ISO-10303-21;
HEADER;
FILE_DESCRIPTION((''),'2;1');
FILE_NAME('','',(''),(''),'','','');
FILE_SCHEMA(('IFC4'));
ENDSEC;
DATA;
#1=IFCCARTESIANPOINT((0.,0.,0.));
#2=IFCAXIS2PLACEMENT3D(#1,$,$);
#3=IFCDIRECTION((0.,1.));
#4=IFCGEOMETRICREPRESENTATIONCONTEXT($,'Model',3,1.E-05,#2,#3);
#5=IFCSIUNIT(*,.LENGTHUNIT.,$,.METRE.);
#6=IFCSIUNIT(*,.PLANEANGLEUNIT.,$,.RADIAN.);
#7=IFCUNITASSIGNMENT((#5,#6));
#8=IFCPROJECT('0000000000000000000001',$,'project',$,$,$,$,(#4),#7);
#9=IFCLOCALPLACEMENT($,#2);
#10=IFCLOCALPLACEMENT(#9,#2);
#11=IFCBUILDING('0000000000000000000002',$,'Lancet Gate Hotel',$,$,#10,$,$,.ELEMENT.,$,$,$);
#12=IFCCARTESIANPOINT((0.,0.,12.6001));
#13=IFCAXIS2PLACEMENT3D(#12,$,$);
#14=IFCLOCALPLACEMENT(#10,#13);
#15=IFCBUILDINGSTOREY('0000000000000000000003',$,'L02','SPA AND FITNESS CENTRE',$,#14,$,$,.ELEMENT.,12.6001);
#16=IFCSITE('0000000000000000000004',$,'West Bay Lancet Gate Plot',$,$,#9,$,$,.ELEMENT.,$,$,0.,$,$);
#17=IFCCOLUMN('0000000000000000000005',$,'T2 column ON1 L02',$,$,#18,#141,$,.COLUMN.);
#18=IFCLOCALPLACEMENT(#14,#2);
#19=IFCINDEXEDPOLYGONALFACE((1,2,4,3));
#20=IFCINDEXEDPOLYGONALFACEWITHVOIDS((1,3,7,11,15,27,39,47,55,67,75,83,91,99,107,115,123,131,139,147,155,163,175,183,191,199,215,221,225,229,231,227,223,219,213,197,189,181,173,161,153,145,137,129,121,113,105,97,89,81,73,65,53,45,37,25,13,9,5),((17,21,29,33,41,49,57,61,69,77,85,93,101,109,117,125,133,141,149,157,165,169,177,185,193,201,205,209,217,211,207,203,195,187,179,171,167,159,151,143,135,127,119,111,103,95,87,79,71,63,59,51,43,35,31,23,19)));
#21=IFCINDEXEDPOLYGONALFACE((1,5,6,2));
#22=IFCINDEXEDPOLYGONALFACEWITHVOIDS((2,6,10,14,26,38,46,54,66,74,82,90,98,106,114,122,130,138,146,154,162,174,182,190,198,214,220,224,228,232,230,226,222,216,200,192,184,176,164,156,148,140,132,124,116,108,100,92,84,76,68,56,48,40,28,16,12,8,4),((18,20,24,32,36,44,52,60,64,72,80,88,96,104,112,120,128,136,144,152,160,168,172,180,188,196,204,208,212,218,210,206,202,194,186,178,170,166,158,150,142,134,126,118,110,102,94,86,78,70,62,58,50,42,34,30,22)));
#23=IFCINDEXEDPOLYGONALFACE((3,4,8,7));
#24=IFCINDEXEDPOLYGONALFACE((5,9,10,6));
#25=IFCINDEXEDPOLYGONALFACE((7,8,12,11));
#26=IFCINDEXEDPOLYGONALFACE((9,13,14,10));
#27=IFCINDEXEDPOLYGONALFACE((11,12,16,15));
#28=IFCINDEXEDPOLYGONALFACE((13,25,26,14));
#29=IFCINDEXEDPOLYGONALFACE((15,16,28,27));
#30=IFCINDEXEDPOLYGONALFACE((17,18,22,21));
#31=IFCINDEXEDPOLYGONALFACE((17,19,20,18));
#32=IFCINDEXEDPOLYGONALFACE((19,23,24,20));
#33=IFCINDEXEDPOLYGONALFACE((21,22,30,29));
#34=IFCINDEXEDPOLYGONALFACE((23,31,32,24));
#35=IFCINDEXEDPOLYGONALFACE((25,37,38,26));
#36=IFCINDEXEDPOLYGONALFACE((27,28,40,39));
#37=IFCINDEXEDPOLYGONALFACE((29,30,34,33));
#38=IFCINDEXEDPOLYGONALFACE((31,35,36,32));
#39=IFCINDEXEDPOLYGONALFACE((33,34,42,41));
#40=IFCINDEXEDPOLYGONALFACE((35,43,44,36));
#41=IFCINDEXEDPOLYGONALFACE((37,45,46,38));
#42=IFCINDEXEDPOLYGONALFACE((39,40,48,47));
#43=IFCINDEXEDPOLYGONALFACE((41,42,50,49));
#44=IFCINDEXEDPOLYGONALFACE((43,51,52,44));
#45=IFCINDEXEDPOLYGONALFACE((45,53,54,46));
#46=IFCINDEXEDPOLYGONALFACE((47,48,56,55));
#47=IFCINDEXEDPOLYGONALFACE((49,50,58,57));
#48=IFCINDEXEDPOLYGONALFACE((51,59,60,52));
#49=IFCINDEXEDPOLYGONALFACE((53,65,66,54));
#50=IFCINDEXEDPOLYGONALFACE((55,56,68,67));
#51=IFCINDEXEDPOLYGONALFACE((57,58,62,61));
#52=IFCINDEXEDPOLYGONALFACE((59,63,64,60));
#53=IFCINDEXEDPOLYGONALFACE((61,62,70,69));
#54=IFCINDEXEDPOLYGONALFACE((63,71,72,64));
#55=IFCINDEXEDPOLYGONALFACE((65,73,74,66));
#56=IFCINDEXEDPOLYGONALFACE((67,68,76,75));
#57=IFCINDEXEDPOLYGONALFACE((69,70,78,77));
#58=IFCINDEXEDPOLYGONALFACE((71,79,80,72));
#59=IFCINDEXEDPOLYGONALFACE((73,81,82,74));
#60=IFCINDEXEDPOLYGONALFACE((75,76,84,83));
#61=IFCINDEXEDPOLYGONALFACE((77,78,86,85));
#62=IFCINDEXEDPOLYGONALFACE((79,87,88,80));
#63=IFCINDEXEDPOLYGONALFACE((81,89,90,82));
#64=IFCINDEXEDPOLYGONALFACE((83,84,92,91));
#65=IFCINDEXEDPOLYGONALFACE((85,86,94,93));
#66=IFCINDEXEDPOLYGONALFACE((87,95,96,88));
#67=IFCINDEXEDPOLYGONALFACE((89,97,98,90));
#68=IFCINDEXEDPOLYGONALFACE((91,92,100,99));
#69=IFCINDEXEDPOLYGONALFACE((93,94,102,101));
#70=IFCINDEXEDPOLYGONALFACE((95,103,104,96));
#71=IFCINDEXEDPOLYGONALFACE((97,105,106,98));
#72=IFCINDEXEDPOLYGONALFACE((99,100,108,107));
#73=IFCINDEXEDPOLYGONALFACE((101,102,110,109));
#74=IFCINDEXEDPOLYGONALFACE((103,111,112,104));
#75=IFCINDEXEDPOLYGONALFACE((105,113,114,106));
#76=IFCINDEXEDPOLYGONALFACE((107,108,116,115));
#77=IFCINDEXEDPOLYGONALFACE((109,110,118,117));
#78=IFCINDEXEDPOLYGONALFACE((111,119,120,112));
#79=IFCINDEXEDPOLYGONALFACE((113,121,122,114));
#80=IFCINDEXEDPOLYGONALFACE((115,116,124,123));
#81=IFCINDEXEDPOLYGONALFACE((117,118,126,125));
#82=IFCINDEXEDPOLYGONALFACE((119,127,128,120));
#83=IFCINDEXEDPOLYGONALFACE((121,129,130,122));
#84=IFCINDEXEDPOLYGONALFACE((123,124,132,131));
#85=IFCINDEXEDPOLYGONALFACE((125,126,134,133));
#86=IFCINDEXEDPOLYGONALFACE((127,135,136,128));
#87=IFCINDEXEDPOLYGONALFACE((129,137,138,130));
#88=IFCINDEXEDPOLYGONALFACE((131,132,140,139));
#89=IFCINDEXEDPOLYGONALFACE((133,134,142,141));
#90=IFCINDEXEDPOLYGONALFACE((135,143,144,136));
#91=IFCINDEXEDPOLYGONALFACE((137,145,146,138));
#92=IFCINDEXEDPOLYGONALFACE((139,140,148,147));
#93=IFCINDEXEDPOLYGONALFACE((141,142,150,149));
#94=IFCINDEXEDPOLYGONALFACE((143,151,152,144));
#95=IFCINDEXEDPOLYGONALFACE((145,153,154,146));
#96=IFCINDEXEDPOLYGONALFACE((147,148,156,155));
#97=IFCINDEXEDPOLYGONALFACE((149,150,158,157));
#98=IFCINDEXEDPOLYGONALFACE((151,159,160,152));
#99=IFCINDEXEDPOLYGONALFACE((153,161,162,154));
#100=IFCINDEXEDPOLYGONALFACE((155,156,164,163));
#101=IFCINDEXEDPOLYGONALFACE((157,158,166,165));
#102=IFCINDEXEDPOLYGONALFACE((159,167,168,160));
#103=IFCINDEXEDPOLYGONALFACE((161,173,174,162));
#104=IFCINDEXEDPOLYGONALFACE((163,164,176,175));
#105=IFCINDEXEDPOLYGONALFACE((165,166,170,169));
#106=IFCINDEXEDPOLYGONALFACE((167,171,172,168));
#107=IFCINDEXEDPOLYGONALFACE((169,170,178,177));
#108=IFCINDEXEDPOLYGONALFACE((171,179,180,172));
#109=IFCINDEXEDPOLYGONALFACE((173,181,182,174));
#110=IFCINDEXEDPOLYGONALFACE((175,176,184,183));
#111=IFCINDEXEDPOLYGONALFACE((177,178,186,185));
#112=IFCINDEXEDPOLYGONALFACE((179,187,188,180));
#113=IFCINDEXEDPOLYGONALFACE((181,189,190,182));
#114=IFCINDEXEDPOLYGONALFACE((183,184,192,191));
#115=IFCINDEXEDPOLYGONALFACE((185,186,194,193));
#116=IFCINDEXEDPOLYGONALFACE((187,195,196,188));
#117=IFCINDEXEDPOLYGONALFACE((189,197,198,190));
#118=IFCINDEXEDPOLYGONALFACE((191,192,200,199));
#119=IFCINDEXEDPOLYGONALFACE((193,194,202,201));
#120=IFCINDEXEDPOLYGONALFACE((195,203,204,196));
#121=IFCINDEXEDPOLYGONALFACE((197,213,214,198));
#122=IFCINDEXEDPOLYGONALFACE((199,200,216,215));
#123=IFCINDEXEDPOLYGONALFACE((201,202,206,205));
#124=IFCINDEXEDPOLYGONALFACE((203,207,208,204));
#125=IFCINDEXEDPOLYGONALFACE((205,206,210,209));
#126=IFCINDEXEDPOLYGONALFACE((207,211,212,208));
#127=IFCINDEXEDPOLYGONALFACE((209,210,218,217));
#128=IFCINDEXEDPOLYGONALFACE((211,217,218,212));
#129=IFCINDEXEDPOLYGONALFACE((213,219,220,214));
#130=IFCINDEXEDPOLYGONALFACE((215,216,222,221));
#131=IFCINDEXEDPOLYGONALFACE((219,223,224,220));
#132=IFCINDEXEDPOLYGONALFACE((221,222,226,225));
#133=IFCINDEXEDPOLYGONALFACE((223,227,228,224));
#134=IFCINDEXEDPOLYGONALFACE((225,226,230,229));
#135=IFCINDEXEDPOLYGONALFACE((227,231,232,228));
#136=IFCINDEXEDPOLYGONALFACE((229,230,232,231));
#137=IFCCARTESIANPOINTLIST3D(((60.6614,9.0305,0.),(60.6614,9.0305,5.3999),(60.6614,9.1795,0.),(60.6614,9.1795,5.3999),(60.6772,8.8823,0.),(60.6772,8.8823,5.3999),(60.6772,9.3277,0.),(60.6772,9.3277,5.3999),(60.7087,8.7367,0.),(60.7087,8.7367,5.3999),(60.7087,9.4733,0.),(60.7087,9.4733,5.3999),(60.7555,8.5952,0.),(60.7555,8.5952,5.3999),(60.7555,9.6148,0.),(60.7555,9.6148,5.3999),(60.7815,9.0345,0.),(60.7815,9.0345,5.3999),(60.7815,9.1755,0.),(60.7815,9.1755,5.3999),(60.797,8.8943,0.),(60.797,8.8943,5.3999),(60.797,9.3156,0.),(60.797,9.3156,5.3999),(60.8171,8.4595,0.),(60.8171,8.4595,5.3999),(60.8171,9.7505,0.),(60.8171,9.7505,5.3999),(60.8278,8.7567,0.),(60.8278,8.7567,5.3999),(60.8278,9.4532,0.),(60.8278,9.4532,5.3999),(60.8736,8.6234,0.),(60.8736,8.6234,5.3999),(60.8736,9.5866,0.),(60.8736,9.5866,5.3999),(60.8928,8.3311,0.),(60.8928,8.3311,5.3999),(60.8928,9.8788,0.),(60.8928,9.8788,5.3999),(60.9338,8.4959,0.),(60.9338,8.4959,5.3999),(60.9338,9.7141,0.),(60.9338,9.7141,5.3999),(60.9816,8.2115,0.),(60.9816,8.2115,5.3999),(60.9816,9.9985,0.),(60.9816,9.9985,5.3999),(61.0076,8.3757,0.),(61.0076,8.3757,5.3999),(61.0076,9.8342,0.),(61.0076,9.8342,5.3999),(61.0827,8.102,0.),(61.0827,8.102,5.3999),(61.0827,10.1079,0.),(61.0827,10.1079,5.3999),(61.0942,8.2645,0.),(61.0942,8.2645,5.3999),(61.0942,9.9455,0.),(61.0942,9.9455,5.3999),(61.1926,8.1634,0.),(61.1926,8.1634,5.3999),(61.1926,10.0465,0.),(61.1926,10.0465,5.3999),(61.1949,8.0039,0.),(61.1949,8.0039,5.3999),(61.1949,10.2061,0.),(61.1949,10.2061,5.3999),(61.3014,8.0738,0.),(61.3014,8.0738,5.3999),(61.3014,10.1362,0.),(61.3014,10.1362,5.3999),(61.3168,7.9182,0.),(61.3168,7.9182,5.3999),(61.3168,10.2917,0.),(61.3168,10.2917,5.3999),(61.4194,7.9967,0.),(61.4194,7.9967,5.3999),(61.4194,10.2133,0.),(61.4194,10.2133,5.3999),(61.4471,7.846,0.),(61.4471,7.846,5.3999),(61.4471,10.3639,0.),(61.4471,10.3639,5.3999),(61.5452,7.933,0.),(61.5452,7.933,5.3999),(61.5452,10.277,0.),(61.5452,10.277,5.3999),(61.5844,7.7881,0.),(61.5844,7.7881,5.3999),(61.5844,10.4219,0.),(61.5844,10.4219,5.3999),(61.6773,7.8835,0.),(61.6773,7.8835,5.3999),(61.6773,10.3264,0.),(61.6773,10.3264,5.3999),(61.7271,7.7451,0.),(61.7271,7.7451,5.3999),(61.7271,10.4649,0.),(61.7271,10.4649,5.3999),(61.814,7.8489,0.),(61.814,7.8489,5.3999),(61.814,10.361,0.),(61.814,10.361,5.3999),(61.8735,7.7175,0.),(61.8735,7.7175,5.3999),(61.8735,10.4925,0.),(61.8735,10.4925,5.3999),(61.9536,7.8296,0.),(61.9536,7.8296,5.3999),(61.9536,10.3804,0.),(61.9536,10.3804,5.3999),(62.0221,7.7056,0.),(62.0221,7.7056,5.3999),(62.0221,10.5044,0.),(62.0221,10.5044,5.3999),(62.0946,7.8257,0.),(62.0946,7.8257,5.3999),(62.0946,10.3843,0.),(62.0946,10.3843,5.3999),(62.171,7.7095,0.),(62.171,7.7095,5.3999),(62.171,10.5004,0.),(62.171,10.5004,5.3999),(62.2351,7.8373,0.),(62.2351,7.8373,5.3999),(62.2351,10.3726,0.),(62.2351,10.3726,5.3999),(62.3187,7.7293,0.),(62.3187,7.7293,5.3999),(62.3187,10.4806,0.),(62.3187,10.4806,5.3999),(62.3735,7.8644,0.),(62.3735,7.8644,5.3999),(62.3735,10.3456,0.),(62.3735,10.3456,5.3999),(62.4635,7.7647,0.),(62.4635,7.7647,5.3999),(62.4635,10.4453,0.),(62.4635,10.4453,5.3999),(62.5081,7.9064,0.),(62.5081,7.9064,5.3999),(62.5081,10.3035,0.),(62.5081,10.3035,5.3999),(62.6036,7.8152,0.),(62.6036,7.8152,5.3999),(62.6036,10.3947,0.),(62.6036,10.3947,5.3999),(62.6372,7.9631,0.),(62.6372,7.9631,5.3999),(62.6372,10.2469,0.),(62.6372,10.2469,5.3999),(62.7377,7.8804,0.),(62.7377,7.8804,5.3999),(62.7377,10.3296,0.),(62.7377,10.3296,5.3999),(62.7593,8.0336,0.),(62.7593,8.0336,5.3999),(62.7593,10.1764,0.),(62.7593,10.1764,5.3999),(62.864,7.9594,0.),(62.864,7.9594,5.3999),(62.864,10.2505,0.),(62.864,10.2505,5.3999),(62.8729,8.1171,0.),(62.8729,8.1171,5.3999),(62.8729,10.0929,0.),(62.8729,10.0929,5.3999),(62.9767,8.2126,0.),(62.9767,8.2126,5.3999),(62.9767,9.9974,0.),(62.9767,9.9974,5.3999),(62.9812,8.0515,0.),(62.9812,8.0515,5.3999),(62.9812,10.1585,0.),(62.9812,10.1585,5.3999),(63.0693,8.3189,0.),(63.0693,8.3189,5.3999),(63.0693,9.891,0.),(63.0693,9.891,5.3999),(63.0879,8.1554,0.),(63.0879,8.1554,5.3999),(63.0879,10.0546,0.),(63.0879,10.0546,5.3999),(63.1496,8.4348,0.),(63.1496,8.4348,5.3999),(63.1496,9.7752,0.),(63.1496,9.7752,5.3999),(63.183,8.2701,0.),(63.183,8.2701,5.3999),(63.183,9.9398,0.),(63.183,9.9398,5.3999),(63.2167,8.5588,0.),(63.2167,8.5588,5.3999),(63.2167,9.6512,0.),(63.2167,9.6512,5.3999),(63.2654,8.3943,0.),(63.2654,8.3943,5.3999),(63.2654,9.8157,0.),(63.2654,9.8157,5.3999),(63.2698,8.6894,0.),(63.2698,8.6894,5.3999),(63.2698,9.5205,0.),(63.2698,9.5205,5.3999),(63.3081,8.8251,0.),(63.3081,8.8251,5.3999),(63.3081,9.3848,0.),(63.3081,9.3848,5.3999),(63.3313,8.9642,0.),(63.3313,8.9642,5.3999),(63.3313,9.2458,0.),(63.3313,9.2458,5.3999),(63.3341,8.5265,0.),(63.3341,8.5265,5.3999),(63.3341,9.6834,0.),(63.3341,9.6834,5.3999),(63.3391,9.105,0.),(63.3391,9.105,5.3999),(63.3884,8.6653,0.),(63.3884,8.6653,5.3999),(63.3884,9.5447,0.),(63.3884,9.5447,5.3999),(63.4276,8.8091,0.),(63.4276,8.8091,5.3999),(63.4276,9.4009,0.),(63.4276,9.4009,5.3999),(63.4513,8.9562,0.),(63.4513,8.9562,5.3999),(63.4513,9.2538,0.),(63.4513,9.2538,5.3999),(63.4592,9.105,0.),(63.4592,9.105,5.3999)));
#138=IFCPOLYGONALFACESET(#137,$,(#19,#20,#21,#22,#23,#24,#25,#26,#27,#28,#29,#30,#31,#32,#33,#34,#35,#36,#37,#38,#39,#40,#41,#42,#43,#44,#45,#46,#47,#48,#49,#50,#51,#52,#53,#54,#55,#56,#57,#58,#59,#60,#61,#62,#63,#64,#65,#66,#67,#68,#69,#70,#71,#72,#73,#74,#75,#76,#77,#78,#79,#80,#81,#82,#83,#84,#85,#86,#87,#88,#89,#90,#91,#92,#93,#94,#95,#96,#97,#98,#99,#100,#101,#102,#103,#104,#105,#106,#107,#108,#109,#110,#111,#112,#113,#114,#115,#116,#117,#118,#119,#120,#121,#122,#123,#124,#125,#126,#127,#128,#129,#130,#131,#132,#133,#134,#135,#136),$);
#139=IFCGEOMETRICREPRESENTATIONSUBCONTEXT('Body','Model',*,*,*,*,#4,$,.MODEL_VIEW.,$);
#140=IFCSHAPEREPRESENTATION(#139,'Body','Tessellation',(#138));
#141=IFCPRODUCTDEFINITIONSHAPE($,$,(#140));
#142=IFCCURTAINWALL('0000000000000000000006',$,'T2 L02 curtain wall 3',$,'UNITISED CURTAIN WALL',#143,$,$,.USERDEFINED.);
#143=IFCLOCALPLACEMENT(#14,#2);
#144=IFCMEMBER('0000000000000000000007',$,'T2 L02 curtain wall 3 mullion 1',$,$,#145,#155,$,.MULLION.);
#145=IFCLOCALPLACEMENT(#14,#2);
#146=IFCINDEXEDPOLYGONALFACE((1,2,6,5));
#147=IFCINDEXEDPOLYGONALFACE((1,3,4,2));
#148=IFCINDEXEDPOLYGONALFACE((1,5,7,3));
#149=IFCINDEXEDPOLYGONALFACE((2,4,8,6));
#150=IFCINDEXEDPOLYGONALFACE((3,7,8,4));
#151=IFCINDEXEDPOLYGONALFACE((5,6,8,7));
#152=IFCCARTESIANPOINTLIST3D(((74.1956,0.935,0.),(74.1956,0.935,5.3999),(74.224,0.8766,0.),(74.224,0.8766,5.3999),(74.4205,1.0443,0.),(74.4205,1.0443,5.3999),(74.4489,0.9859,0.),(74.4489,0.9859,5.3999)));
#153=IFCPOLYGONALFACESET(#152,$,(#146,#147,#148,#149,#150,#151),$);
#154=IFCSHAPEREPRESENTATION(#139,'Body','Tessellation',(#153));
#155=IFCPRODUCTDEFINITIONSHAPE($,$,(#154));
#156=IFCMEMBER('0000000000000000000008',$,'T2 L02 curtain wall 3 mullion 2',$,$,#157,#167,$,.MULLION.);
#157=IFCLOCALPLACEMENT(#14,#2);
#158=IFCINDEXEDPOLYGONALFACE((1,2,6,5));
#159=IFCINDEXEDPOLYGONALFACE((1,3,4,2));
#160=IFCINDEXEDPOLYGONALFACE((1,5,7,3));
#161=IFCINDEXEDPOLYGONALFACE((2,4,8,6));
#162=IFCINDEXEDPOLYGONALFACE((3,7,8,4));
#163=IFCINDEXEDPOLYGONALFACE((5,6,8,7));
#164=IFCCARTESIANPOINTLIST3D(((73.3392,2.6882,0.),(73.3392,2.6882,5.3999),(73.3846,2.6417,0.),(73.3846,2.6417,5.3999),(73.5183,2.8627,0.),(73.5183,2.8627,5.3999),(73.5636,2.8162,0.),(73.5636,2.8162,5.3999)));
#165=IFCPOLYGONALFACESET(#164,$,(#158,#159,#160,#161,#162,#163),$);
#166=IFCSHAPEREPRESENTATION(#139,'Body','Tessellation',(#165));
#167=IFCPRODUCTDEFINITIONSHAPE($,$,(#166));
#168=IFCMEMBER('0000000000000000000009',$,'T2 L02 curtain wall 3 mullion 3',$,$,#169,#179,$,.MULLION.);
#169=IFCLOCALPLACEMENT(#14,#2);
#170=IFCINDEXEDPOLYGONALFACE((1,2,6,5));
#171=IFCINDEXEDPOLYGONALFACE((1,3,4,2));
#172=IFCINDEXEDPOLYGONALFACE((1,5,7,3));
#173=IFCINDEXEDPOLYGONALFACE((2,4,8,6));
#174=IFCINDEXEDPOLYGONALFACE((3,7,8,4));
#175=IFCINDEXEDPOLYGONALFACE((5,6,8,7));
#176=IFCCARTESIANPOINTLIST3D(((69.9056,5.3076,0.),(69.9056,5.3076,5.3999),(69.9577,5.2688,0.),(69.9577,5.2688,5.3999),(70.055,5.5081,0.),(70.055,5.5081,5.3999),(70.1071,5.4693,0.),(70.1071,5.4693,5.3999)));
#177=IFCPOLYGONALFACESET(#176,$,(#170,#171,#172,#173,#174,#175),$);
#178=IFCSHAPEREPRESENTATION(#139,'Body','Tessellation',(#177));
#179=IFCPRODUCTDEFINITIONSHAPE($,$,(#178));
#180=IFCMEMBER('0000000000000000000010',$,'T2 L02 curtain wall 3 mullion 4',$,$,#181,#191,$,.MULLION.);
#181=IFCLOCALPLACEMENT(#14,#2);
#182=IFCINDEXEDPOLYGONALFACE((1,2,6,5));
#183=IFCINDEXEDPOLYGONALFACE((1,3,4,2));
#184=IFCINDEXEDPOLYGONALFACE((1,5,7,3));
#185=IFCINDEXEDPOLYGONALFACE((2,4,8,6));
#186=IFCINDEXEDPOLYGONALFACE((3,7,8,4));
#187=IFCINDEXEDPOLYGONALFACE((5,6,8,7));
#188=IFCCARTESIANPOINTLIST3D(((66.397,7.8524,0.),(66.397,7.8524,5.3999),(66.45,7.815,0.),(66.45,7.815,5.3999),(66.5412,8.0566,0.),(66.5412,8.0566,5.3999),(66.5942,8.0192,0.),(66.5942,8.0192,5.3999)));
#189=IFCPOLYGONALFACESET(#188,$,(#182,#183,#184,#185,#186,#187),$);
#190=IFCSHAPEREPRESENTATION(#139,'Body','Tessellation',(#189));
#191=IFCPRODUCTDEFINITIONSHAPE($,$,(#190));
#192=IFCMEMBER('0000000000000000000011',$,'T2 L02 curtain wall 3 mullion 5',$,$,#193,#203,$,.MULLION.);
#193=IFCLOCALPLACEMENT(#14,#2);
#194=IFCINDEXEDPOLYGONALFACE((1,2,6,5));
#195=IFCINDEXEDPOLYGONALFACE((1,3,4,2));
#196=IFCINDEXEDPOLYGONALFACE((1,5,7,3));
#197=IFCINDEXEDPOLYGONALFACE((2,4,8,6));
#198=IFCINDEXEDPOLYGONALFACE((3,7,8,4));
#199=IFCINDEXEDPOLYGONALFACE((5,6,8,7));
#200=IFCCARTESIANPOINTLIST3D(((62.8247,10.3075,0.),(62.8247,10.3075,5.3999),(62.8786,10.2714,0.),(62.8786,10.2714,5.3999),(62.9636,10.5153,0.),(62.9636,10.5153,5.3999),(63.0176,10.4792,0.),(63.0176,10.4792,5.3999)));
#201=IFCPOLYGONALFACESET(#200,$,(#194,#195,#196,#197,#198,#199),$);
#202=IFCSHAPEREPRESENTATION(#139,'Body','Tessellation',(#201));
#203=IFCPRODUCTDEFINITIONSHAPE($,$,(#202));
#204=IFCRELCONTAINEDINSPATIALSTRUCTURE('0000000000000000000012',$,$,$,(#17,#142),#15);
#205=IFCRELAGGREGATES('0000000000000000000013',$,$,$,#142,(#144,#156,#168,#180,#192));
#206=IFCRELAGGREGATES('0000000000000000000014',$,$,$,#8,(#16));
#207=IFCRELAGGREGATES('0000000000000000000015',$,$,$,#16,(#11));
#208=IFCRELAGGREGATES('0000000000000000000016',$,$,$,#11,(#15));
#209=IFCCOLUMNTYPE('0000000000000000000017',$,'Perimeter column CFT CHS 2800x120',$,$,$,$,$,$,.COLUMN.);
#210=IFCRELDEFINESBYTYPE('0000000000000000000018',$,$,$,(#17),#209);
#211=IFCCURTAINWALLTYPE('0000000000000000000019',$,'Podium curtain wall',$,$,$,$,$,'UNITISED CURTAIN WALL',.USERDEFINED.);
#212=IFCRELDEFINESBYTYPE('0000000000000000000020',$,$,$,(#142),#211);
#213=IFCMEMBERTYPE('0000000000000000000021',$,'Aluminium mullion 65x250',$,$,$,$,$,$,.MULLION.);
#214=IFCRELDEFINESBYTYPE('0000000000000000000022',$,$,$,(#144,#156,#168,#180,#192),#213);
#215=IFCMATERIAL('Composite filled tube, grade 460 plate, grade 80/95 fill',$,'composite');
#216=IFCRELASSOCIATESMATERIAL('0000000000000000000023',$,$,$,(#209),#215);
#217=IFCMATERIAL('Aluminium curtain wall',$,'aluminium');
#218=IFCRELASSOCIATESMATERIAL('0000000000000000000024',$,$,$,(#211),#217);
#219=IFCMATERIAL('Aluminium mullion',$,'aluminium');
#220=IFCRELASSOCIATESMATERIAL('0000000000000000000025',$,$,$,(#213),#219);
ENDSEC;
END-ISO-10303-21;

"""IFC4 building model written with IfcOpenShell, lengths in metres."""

from ifc_helpers import new_model, si_unit, direction, frame, origin, origin_2d, place, context, subcontext, project, spatial, rectangle, hollow_circle, extrude, material, material_profile, profile_set, type_object, element, aggregate, save


model = new_model("IFC4")

# Units and contexts
model_context = context("Model", 3, precision=1e-05, world=origin(), true_north=direction((0.0, 1.0)))
body_context = subcontext(model_context, "Body", "Model", "MODEL_VIEW")
ifc_project = project(units=[si_unit("LENGTHUNIT", "METRE"), si_unit("PLANEANGLEUNIT", "RADIAN")], contexts=[model_context])

# Site, building, storey
site_placement = place(None, origin())
site = spatial("IfcSite", under=ifc_project, at=site_placement, Name="West Bay Lancet Gate Plot", CompositionType="ELEMENT", RefElevation=0.0)
building_placement = place(site_placement, origin())
building = spatial("IfcBuilding", under=site, at=building_placement, Name="Lancet Gate Hotel", CompositionType="ELEMENT")
storey_placement = place(building_placement, frame((0.0, 0.0, 12.6001)))
storey = spatial("IfcBuildingStorey", under=building, at=storey_placement, Name="L02", Description="SPA AND FITNESS CENTRE", CompositionType="ELEMENT", Elevation=12.6001)

# Column
ifc_material_1 = material(Name="Composite filled tube, grade 460 plate, grade 80/95 fill", Category="composite")
ifc_material_profile_1 = material_profile(ifc_material_1, hollow_circle(Radius=1.3999, WallThickness=0.1201, at=origin_2d()), Name="CHS 2800x120")
ifc_profile_set_1 = profile_set([ifc_material_profile_1], Name="Composite filled tube, grade 460 plate, grade 80/95 fill")
column_type_1 = type_object("IfcColumnType", Name="Perimeter column CFT CHS 2800x120", PredefinedType="COLUMN", material=ifc_profile_set_1)
column_1_placement = place(storey_placement, frame((62.0593, 9.105, 0.0), z_axis=(0.0, 0.0, 1.0), x_axis=(1.0, 0.0, 0.0)))
element("IfcColumn", 1, at=column_1_placement, inside=storey, type_object=column_type_1, Name="T2 column ON1 L02", PredefinedType="COLUMN", context=body_context, shape_type="SweptSolid", body=[
    extrude(hollow_circle(Radius=1.3999, WallThickness=0.1201, at=origin_2d()), origin(), (0.0, 0.0, 1.0), 5.3999),
])

# Curtain wall, members
ifc_material_2 = material(Name="Aluminium curtain wall", Category="aluminium")
curtain_wall_type = type_object("IfcCurtainWallType", Name="Podium curtain wall", ElementType="UNITISED CURTAIN WALL", PredefinedType="USERDEFINED", material=ifc_material_2)
curtain_wall_placement = place(storey_placement, origin())
curtain_wall = element("IfcCurtainWall", 2, at=curtain_wall_placement, inside=storey, type_object=curtain_wall_type, Name="T2 L02 curtain wall 3", ObjectType="UNITISED CURTAIN WALL", PredefinedType="USERDEFINED")
ifc_material_3 = material(Name="Aluminium mullion", Category="aluminium")
ifc_material_profile_2 = material_profile(ifc_material_3, rectangle(XDim=0.0649, YDim=0.25, at=origin_2d()), Name="MULLION 65x250")
ifc_profile_set_2 = profile_set([ifc_material_profile_2], Name="Aluminium mullion")
member_type_1 = type_object("IfcMemberType", Name="Aluminium mullion 65x250", PredefinedType="MULLION", material=ifc_profile_set_2)
member_1_placement = place(storey_placement, frame((74.3223, 0.9604, 0.0), z_axis=(0.0, 0.0, 1.0), x_axis=(-0.437169, 0.899379, 0.0)))
member_1 = element("IfcMember", 3, at=member_1_placement, type_object=member_type_1, Name="T2 L02 curtain wall 3 mullion 1", PredefinedType="MULLION", context=body_context, shape_type="SweptSolid", body=[
    extrude(rectangle(XDim=0.0649, YDim=0.25, at=origin_2d()), origin(), (0.0, 0.0, 1.0), 5.3999),
])
member_2_placement = place(storey_placement, frame((73.4514, 2.7522, 0.0), z_axis=(0.0, 0.0, 1.0), x_axis=(-0.697983, 0.716114, 0.0)))
member_2 = element("IfcMember", 4, at=member_2_placement, type_object=member_type_1, Name="T2 L02 curtain wall 3 mullion 2", PredefinedType="MULLION", context=body_context, shape_type="SweptSolid", body=[
    extrude(rectangle(XDim=0.0649, YDim=0.25, at=origin_2d()), origin(), (0.0, 0.0, 1.0), 5.3999),
])
member_3_placement = place(storey_placement, frame((70.0063, 5.3884, 0.0), z_axis=(0.0, 0.0, 1.0), x_axis=(-0.80183, 0.597552, 0.0)))
member_3 = element("IfcMember", 5, at=member_3_placement, type_object=member_type_1, Name="T2 L02 curtain wall 3 mullion 3", PredefinedType="MULLION", context=body_context, shape_type="SweptSolid", body=[
    extrude(rectangle(XDim=0.0649, YDim=0.25, at=origin_2d()), origin(), (0.0, 0.0, 1.0), 5.3999),
])
member_4_placement = place(storey_placement, frame((66.4956, 7.9358, 0.0), z_axis=(0.0, 0.0, 1.0), x_axis=(-0.816779, 0.576951, 0.0)))
member_4 = element("IfcMember", 6, at=member_4_placement, type_object=member_type_1, Name="T2 L02 curtain wall 3 mullion 4", PredefinedType="MULLION", context=body_context, shape_type="SweptSolid", body=[
    extrude(rectangle(XDim=0.0649, YDim=0.25, at=origin_2d()), origin(), (0.0, 0.0, 1.0), 5.3999),
])
member_5_placement = place(storey_placement, frame((62.9211, 10.3933, 0.0), z_axis=(0.0, 0.0, 1.0), x_axis=(-0.831198, 0.555976, 0.0)))
member_5 = element("IfcMember", 7, at=member_5_placement, type_object=member_type_1, Name="T2 L02 curtain wall 3 mullion 5", PredefinedType="MULLION", context=body_context, shape_type="SweptSolid", body=[
    extrude(rectangle(XDim=0.0649, YDim=0.25, at=origin_2d()), origin(), (0.0, 0.0, 1.0), 5.3999),
])

aggregate(curtain_wall, [member_1, member_2, member_3, member_4, member_5])

save(model, "model.ifc")
